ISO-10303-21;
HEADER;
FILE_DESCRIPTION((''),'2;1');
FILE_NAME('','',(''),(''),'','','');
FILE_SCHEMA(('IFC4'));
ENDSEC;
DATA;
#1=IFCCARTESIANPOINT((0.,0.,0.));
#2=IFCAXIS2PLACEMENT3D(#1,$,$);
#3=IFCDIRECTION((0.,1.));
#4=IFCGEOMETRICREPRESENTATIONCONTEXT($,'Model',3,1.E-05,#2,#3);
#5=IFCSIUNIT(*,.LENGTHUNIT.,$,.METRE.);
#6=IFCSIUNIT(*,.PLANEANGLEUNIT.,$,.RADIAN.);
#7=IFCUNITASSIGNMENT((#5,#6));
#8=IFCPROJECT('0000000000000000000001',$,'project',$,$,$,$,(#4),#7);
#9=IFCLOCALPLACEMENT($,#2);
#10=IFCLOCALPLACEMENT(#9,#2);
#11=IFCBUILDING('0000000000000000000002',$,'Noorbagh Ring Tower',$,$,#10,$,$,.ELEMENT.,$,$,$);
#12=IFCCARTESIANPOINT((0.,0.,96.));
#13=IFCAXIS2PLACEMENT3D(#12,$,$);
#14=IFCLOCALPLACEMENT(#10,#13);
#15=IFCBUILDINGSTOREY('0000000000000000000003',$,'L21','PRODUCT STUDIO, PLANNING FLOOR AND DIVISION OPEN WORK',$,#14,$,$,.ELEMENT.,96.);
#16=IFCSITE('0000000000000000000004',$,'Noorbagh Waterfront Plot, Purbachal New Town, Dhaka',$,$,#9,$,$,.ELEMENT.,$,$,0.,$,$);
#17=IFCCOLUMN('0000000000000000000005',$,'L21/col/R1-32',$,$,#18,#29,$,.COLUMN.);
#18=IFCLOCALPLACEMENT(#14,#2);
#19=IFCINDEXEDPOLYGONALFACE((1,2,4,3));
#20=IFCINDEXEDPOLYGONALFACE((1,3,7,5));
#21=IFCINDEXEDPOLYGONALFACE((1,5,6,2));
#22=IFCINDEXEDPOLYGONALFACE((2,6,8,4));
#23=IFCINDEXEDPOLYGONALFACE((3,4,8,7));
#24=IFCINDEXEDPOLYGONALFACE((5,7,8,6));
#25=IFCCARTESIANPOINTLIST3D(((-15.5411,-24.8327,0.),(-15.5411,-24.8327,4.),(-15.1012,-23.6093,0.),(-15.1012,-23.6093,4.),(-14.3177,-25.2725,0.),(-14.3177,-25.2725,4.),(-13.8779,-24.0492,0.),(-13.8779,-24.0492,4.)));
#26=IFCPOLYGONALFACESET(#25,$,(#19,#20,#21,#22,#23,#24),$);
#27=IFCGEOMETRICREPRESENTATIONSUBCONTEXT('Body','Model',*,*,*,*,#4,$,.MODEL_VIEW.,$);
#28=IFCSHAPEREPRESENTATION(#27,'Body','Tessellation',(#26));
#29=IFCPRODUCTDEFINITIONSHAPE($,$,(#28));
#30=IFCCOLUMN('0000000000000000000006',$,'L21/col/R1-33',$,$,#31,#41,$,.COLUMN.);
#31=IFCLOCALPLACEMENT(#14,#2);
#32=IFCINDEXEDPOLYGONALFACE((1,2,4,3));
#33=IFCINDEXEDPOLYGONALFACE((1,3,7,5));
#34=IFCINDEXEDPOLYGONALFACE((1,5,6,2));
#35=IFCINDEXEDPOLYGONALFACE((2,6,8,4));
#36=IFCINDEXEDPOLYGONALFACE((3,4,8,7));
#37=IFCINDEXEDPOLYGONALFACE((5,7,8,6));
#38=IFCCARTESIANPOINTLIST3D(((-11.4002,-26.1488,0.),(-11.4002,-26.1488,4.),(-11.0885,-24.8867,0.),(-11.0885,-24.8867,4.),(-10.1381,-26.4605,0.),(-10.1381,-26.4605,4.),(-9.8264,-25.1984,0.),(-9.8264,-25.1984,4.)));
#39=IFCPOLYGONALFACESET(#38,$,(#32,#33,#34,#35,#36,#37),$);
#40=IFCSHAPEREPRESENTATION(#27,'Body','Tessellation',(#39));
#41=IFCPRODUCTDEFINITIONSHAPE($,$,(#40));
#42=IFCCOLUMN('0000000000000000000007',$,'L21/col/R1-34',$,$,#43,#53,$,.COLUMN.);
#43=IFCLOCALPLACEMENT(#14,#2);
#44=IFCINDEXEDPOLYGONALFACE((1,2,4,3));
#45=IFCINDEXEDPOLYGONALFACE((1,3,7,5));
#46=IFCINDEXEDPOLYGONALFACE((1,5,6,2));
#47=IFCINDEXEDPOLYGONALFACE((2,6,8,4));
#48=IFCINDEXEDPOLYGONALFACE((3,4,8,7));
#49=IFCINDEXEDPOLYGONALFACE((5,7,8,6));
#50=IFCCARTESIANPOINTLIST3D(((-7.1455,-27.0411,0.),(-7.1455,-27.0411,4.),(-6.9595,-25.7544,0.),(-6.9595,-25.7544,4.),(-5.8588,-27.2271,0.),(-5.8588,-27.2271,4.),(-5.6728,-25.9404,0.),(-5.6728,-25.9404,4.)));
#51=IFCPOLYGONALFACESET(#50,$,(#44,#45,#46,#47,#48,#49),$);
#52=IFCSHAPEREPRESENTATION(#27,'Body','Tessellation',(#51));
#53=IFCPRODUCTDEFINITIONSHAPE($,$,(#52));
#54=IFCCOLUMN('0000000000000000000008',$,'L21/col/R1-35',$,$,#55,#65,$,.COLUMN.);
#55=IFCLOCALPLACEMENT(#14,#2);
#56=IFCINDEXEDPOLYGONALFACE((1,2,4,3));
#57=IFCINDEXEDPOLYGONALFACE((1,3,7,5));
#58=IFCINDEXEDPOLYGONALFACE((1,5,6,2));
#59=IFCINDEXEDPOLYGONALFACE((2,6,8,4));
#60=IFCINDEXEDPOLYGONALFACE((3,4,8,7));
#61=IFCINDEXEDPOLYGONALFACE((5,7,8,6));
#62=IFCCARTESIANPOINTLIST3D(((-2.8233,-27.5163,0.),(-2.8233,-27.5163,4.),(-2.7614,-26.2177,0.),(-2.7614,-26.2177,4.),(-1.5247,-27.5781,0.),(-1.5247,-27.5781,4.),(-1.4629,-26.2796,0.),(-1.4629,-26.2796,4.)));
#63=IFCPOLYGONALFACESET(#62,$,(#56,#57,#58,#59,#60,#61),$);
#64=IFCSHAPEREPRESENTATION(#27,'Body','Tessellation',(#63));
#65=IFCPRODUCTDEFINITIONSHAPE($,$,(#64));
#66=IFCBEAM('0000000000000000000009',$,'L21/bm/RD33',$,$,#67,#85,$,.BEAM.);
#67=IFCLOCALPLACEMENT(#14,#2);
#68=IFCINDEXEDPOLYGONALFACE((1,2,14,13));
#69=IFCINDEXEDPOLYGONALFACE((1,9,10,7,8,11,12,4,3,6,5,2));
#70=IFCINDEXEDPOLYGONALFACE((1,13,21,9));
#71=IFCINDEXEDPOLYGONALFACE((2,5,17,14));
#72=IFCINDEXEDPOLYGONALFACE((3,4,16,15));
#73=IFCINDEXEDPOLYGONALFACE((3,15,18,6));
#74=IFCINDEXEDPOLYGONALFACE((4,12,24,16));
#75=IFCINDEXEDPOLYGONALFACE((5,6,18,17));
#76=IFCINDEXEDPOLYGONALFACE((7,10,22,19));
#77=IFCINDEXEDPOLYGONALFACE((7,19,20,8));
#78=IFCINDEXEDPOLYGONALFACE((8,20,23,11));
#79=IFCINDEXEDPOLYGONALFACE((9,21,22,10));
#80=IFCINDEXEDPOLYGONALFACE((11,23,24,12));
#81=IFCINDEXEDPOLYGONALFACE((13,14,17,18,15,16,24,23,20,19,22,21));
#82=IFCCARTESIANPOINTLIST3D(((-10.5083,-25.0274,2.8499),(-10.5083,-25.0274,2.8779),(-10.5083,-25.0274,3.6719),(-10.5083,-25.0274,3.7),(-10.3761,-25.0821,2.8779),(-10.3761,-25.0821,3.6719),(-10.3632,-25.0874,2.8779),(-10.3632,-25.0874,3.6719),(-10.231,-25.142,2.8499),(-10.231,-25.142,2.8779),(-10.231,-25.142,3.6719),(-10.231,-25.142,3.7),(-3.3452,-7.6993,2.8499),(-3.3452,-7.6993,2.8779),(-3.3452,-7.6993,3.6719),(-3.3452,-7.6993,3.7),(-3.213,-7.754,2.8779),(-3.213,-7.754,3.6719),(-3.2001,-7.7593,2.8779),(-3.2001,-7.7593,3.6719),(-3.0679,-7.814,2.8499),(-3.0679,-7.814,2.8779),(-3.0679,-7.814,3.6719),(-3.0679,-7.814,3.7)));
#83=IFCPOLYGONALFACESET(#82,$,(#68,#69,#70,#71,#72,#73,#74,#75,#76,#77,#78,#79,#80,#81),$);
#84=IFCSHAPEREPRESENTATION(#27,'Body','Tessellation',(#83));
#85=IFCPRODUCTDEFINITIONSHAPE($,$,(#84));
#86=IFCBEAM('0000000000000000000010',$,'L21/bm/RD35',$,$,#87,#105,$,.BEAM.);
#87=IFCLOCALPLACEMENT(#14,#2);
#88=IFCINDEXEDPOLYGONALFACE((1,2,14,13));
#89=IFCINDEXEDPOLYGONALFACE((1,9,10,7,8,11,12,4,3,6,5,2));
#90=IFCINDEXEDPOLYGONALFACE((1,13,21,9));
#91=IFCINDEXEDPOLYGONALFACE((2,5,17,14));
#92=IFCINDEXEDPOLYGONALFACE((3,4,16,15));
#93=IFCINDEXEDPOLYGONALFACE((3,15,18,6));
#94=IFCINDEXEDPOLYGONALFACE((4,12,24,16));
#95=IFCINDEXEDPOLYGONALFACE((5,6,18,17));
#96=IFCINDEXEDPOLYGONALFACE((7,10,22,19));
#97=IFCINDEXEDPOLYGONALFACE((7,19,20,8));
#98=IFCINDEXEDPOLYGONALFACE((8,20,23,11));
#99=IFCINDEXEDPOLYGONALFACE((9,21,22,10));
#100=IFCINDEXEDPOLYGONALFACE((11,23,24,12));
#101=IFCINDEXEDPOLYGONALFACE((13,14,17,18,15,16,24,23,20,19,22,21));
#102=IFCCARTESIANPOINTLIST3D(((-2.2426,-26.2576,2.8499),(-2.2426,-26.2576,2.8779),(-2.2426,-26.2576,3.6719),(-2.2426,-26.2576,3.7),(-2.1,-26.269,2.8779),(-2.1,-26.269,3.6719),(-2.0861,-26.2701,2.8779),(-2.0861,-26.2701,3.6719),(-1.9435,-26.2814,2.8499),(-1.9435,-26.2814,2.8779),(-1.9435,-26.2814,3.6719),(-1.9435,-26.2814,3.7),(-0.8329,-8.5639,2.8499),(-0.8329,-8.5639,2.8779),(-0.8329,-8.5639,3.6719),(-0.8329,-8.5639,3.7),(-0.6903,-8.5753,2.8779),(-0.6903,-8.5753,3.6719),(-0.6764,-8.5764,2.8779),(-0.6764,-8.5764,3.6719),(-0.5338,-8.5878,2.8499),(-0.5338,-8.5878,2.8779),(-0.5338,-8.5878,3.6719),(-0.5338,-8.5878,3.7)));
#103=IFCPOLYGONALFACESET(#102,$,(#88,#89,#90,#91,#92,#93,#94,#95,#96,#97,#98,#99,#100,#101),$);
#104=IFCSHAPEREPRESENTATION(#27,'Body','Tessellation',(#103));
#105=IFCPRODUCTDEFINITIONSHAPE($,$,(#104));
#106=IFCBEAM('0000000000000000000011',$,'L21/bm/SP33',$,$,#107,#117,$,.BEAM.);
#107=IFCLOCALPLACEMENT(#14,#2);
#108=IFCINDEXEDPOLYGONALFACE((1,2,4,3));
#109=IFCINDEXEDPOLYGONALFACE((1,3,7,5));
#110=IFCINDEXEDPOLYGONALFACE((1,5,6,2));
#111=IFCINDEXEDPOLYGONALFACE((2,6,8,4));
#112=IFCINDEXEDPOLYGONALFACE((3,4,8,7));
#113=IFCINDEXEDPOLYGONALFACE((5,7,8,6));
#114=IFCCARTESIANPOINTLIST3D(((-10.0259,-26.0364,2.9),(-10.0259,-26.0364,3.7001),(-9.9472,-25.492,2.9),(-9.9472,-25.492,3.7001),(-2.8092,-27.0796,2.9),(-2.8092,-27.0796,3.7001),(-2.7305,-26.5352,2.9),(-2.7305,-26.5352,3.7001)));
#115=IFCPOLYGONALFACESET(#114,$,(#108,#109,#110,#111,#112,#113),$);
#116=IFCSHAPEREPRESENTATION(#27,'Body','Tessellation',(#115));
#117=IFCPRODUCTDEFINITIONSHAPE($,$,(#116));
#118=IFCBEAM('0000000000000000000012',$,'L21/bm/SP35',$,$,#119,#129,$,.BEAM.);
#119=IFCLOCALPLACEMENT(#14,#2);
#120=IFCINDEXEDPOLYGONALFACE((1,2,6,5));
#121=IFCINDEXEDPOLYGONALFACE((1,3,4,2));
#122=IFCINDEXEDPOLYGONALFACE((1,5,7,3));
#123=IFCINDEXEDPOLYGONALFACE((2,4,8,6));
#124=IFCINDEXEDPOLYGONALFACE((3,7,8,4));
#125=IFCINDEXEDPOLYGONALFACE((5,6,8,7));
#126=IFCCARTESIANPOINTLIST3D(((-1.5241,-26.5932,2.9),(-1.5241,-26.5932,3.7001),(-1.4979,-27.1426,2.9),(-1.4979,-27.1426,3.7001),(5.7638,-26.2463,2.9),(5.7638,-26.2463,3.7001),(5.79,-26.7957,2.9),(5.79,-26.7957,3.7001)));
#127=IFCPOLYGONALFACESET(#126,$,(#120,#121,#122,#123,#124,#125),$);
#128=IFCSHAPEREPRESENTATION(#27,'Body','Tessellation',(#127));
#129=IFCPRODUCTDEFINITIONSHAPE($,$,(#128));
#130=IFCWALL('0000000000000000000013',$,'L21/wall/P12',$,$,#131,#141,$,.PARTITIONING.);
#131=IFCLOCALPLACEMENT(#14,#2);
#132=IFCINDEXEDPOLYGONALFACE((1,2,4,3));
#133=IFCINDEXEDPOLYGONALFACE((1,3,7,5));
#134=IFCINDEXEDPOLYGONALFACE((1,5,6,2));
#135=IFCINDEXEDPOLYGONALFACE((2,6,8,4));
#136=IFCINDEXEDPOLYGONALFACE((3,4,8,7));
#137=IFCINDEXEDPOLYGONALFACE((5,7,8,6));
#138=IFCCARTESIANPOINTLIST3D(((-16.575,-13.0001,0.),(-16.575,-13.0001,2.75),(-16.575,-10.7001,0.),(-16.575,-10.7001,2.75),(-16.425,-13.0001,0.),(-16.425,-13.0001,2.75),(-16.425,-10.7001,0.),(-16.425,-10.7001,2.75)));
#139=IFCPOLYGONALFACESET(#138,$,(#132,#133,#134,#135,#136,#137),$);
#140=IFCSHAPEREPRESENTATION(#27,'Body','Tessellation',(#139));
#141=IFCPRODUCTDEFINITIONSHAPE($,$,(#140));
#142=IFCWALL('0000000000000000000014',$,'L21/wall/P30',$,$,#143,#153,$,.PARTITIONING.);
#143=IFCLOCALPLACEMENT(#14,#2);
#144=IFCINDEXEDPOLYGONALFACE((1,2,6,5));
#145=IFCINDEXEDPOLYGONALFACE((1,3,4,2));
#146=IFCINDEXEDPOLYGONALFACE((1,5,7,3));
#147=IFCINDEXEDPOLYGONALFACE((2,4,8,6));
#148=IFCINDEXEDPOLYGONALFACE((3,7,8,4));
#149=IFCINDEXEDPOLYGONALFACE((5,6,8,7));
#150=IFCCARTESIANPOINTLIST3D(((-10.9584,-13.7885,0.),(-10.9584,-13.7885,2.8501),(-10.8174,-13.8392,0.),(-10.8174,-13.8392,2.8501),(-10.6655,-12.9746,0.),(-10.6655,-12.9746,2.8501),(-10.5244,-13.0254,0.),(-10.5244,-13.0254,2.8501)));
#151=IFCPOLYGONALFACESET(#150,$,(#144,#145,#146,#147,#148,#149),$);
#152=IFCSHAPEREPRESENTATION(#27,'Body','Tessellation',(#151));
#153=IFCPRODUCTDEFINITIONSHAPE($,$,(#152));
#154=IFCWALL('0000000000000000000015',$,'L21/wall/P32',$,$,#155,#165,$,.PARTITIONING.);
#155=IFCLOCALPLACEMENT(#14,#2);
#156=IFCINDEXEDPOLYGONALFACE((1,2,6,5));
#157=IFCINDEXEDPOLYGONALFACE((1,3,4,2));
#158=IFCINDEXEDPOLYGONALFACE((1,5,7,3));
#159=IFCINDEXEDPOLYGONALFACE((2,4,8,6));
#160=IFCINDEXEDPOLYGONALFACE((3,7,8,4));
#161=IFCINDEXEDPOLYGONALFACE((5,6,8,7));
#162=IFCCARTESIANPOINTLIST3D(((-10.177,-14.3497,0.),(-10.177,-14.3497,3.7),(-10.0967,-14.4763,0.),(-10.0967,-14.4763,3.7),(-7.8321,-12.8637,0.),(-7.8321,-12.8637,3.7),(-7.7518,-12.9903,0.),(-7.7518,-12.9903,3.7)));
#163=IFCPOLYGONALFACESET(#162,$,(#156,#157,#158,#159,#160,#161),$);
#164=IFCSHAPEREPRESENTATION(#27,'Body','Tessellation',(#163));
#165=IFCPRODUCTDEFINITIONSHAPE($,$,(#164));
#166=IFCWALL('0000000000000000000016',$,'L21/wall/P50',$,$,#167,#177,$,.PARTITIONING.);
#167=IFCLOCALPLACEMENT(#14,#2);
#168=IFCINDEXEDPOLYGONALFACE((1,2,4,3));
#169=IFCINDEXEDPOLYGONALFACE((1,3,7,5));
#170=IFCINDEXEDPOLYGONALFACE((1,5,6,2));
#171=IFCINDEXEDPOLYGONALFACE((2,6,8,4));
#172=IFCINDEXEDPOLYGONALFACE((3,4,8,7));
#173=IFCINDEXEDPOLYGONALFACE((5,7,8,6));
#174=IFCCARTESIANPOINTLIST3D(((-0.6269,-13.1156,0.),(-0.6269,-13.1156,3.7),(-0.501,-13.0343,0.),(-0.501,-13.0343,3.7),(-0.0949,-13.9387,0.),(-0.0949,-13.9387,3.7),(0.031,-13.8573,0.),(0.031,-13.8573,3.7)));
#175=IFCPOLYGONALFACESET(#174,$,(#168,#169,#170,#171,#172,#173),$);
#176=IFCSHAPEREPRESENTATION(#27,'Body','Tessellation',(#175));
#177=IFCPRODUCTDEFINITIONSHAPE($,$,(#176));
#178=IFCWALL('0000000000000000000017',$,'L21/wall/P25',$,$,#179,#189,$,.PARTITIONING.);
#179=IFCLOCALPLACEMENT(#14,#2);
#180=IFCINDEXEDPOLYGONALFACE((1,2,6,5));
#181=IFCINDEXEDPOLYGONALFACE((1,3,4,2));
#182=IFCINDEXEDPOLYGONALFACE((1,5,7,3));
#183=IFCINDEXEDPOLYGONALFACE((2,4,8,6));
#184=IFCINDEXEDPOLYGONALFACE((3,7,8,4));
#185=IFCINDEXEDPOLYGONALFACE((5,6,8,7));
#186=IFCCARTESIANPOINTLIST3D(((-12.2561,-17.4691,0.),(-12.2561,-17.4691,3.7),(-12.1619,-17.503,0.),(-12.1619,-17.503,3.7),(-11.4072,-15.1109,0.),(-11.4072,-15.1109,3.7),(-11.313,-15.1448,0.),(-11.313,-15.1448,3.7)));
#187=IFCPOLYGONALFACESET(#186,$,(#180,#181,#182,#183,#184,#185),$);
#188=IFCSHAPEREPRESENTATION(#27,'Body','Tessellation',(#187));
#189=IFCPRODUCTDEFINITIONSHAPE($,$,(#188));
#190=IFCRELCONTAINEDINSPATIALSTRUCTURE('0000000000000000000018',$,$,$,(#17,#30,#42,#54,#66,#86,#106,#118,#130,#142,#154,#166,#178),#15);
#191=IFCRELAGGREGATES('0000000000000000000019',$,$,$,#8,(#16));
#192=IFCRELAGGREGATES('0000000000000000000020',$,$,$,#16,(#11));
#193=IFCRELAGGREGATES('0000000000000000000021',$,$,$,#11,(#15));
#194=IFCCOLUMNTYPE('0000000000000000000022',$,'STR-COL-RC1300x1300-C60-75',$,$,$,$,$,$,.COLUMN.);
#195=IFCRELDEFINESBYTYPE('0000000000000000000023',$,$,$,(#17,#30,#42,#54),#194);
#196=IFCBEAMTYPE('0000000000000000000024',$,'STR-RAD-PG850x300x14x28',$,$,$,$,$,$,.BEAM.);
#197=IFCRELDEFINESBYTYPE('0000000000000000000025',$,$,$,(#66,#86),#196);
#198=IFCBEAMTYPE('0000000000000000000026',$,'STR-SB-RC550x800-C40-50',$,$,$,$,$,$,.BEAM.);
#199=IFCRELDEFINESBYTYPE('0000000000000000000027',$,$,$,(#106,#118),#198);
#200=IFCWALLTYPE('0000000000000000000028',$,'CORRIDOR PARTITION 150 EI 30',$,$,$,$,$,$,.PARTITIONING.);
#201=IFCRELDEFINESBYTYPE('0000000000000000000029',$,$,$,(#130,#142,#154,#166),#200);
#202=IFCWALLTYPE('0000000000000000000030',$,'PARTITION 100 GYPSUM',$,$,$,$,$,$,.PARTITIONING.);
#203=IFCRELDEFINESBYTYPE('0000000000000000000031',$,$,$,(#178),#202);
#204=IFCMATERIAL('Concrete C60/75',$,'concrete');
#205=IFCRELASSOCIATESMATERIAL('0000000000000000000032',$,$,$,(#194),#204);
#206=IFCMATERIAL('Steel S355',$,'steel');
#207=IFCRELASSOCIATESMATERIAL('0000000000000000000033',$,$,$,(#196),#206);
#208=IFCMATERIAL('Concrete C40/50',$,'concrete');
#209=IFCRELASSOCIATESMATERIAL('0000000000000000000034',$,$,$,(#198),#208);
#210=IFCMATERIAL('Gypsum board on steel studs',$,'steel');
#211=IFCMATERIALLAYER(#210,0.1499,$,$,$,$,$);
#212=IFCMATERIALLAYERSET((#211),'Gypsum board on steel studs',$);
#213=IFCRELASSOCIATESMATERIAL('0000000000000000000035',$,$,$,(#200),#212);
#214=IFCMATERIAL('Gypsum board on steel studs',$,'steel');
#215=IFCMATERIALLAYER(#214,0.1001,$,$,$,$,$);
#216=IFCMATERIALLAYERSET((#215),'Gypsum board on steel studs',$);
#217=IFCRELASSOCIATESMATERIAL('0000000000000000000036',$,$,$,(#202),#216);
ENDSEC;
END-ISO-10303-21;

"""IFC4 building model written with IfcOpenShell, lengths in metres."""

from ifc_helpers import new_model, si_unit, direction, frame, frame_2d, origin, origin_2d, place, context, subcontext, project, spatial, rectangle, i_section, extrude, material, layer, layer_set, material_profile, profile_set, type_object, element, save


model = new_model("IFC4")

# Units and contexts
model_context = context("Model", 3, precision=1e-05, world=origin(), true_north=direction((0.0, 1.0)))
body_context = subcontext(model_context, "Body", "Model", "MODEL_VIEW")
ifc_project = project(units=[si_unit("LENGTHUNIT", "METRE"), si_unit("PLANEANGLEUNIT", "RADIAN")], contexts=[model_context])

# Site, building, storey
site_placement = place(None, origin())
site = spatial("IfcSite", under=ifc_project, at=site_placement, Name="Noorbagh Waterfront Plot, Purbachal New Town, Dhaka", CompositionType="ELEMENT", RefElevation=0.0)
building_placement = place(site_placement, origin())
building = spatial("IfcBuilding", under=site, at=building_placement, Name="Noorbagh Ring Tower", CompositionType="ELEMENT")
storey_placement = place(building_placement, frame((0.0, 0.0, 96.0)))
storey = spatial("IfcBuildingStorey", under=building, at=storey_placement, Name="L21", Description="PRODUCT STUDIO, PLANNING FLOOR AND DIVISION OPEN WORK", CompositionType="ELEMENT", Elevation=96.0)

# Columns
ifc_material_1 = material(Name="Concrete C60/75", Category="concrete")
ifc_material_profile_1 = material_profile(ifc_material_1, rectangle(XDim=1.3, YDim=1.3, at=origin_2d()), Name="RC1300x1300")
ifc_profile_set_1 = profile_set([ifc_material_profile_1], Name="Concrete C60/75")
column_type = type_object("IfcColumnType", Name="STR-COL-RC1300x1300-C60-75", PredefinedType="COLUMN", material=ifc_profile_set_1)
for number, where, z_axis, x_axis, name in (
    (1, (-14.7095, -24.4409, 0.0), (0.0, 0.0, 1.0), (0.941025, -0.338338, 0.0), "L21/col/R1-32"),
    (2, (-10.6133, -25.6736, 0.0), (0.0, 0.0, 1.0), (0.970829, -0.239771, 0.0), "L21/col/R1-33"),
    (3, (-6.4092, -26.4907, 0.0), (0.0, 0.0, 1.0), (0.989713, -0.143066, 0.0), "L21/col/R1-34"),
    (4, (-2.1431, -26.8979, 0.0), (0.0, 0.0, 1.0), (0.998869, -0.047553, 0.0), "L21/col/R1-35"),
):
    element("IfcColumn", number, at=place(storey_placement, frame(where, z_axis=z_axis, x_axis=x_axis)), inside=storey, type_object=column_type, Name=name, PredefinedType="COLUMN", context=body_context, shape_type="SweptSolid", body=[
        extrude(rectangle(XDim=1.3, YDim=1.3, at=origin_2d()), origin(), (0.0, 0.0, 1.0), 4.0),
    ])

# Beams
ifc_material_2 = material(Name="Steel S355", Category="steel")
ifc_material_profile_2 = material_profile(ifc_material_2, i_section(OverallWidth=0.3, OverallDepth=0.8501, WebThickness=0.0139, FlangeThickness=0.0281, at=origin_2d()), Name="PG850x300x14x28")
ifc_profile_set_2 = profile_set([ifc_material_profile_2], Name="Steel S355")
beam_type_1 = type_object("IfcBeamType", Name="STR-RAD-PG850x300x14x28", PredefinedType="BEAM", material=ifc_profile_set_2)
beam_1_placement = place(storey_placement, frame((-10.3696, -25.0847, 3.2749), z_axis=(0.382025, 0.924152, 0.0), x_axis=(-0.924152, 0.382025, 0.0)))
element("IfcBeam", 5, at=beam_1_placement, inside=storey, type_object=beam_type_1, Name="L21/bm/RD33", PredefinedType="BEAM", context=body_context, shape_type="SweptSolid", body=[
    extrude(i_section(OverallWidth=0.3, OverallDepth=0.8501, WebThickness=0.0139, FlangeThickness=0.0281, at=origin_2d()), origin(), (0.0, 0.0, 1.0), 18.7502),
])
beam_2_placement = place(storey_placement, frame((-2.093, -26.2695, 3.2749), z_axis=(0.079419, 0.996841, 0.0), x_axis=(-0.996841, 0.079419, 0.0)))
element("IfcBeam", 6, at=beam_2_placement, inside=storey, type_object=beam_type_1, Name="L21/bm/RD35", PredefinedType="BEAM", context=body_context, shape_type="SweptSolid", body=[
    extrude(i_section(OverallWidth=0.3, OverallDepth=0.8501, WebThickness=0.0139, FlangeThickness=0.0281, at=origin_2d()), origin(), (0.0, 0.0, 1.0), 17.7498),
])
ifc_material_3 = material(Name="Concrete C40/50", Category="concrete")
ifc_material_profile_3 = material_profile(ifc_material_3, rectangle(XDim=0.55, YDim=0.8, at=origin_2d()), Name="RC550x800")
ifc_profile_set_3 = profile_set([ifc_material_profile_3], Name="Concrete C40/50")
beam_type_2 = type_object("IfcBeamType", Name="STR-SB-RC550x800-C40-50", PredefinedType="BEAM", material=ifc_profile_set_3)
beam_3_placement = place(storey_placement, frame((-9.9866, -25.7642, 3.3), z_axis=(0.989713, -0.143066, 0.0), x_axis=(0.143066, 0.989713, 0.0)))
element("IfcBeam", 7, at=beam_3_placement, inside=storey, type_object=beam_type_2, Name="L21/bm/SP33", PredefinedType="BEAM", context=body_context, shape_type="SweptSolid", body=[
    extrude(rectangle(XDim=0.55, YDim=0.8, at=origin_2d()), origin(), (0.0, 0.0, 1.0), 7.2917),
])
beam_4_placement = place(storey_placement, frame((-1.511, -26.8679, 3.3), z_axis=(0.998869, 0.047549, 0.0), x_axis=(-0.047549, 0.998869, 0.0)))
element("IfcBeam", 8, at=beam_4_placement, inside=storey, type_object=beam_type_2, Name="L21/bm/SP35", PredefinedType="BEAM", context=body_context, shape_type="SweptSolid", body=[
    extrude(rectangle(XDim=0.55, YDim=0.8, at=origin_2d()), origin(), (0.0, 0.0, 1.0), 7.2961),
])

# Walls
ifc_material_4 = material(Name="Gypsum board on steel studs", Category="steel")
ifc_layer_1 = layer(ifc_material_4, 0.1499)
ifc_layer_set_1 = layer_set([ifc_layer_1], Name="Gypsum board on steel studs")
wall_type_1 = type_object("IfcWallType", Name="CORRIDOR PARTITION 150 EI 30", PredefinedType="PARTITIONING", material=ifc_layer_set_1)
wall_1_placement = place(storey_placement, frame((-16.5, -13.0, 0.0), z_axis=(0.0, 0.0, 1.0), x_axis=(0.0, 1.0, 0.0)))
element("IfcWall", 9, at=wall_1_placement, inside=storey, type_object=wall_type_1, Name="L21/wall/P12", PredefinedType="PARTITIONING", context=body_context, shape_type="SweptSolid", body=[
    extrude(rectangle(XDim=2.3, YDim=0.1499, at=frame_2d((1.1499, 0.0))), origin(), (0.0, 0.0, 1.0), 2.75),
])
wall_2_placement = place(storey_placement, frame((-10.8879, -13.814, 0.0), z_axis=(0.0, 0.0, 1.0), x_axis=(0.33866, 0.940909, 0.0)))
element("IfcWall", 10, at=wall_2_placement, inside=storey, type_object=wall_type_1, Name="L21/wall/P30", PredefinedType="PARTITIONING", context=body_context, shape_type="SweptSolid", body=[
    extrude(rectangle(XDim=0.865, YDim=0.1499, at=frame_2d((0.4326, 0.0))), origin(), (0.0, 0.0, 1.0), 2.8501),
])
wall_3_placement = place(storey_placement, frame((-10.137, -14.4131, 0.0), z_axis=(0.0, 0.0, 1.0), x_axis=(0.844667, 0.535293, 0.0)))
element("IfcWall", 11, at=wall_3_placement, inside=storey, type_object=wall_type_1, Name="L21/wall/P32", PredefinedType="PARTITIONING", context=body_context, shape_type="SweptSolid", body=[
    extrude(rectangle(XDim=2.7761, YDim=0.1499, at=frame_2d((1.3882, 0.0))), origin(), (0.0, 0.0, 1.0), 3.7),
])
wall_4_placement = place(storey_placement, frame((-0.564, -13.075, 0.0), z_axis=(0.0, 0.0, 1.0), x_axis=(0.542859, -0.839824, 0.0)))
element("IfcWall", 12, at=wall_4_placement, inside=storey, type_object=wall_type_1, Name="L21/wall/P50", PredefinedType="PARTITIONING", context=body_context, shape_type="SweptSolid", body=[
    extrude(rectangle(XDim=0.98, YDim=0.1499, at=frame_2d((0.49, 0.0))), origin(), (0.0, 0.0, 1.0), 3.7),
])
ifc_material_5 = material(Name="Gypsum board on steel studs", Category="steel")
ifc_layer_2 = layer(ifc_material_5, 0.1001)
ifc_layer_set_2 = layer_set([ifc_layer_2], Name="Gypsum board on steel studs")
wall_type_2 = type_object("IfcWallType", Name="PARTITION 100 GYPSUM", PredefinedType="PARTITIONING", material=ifc_layer_set_2)
wall_5_placement = place(storey_placement, frame((-12.209, -17.4861, 0.0), z_axis=(0.0, 0.0, 1.0), x_axis=(0.338699, 0.940895, 0.0)))
element("IfcWall", 13, at=wall_5_placement, inside=storey, type_object=wall_type_2, Name="L21/wall/P25", PredefinedType="PARTITIONING", context=body_context, shape_type="SweptSolid", body=[
    extrude(rectangle(XDim=2.5063, YDim=0.1001, at=frame_2d((1.2532, 0.0))), origin(), (0.0, 0.0, 1.0), 3.7),
])

save(model, "model.ifc")
